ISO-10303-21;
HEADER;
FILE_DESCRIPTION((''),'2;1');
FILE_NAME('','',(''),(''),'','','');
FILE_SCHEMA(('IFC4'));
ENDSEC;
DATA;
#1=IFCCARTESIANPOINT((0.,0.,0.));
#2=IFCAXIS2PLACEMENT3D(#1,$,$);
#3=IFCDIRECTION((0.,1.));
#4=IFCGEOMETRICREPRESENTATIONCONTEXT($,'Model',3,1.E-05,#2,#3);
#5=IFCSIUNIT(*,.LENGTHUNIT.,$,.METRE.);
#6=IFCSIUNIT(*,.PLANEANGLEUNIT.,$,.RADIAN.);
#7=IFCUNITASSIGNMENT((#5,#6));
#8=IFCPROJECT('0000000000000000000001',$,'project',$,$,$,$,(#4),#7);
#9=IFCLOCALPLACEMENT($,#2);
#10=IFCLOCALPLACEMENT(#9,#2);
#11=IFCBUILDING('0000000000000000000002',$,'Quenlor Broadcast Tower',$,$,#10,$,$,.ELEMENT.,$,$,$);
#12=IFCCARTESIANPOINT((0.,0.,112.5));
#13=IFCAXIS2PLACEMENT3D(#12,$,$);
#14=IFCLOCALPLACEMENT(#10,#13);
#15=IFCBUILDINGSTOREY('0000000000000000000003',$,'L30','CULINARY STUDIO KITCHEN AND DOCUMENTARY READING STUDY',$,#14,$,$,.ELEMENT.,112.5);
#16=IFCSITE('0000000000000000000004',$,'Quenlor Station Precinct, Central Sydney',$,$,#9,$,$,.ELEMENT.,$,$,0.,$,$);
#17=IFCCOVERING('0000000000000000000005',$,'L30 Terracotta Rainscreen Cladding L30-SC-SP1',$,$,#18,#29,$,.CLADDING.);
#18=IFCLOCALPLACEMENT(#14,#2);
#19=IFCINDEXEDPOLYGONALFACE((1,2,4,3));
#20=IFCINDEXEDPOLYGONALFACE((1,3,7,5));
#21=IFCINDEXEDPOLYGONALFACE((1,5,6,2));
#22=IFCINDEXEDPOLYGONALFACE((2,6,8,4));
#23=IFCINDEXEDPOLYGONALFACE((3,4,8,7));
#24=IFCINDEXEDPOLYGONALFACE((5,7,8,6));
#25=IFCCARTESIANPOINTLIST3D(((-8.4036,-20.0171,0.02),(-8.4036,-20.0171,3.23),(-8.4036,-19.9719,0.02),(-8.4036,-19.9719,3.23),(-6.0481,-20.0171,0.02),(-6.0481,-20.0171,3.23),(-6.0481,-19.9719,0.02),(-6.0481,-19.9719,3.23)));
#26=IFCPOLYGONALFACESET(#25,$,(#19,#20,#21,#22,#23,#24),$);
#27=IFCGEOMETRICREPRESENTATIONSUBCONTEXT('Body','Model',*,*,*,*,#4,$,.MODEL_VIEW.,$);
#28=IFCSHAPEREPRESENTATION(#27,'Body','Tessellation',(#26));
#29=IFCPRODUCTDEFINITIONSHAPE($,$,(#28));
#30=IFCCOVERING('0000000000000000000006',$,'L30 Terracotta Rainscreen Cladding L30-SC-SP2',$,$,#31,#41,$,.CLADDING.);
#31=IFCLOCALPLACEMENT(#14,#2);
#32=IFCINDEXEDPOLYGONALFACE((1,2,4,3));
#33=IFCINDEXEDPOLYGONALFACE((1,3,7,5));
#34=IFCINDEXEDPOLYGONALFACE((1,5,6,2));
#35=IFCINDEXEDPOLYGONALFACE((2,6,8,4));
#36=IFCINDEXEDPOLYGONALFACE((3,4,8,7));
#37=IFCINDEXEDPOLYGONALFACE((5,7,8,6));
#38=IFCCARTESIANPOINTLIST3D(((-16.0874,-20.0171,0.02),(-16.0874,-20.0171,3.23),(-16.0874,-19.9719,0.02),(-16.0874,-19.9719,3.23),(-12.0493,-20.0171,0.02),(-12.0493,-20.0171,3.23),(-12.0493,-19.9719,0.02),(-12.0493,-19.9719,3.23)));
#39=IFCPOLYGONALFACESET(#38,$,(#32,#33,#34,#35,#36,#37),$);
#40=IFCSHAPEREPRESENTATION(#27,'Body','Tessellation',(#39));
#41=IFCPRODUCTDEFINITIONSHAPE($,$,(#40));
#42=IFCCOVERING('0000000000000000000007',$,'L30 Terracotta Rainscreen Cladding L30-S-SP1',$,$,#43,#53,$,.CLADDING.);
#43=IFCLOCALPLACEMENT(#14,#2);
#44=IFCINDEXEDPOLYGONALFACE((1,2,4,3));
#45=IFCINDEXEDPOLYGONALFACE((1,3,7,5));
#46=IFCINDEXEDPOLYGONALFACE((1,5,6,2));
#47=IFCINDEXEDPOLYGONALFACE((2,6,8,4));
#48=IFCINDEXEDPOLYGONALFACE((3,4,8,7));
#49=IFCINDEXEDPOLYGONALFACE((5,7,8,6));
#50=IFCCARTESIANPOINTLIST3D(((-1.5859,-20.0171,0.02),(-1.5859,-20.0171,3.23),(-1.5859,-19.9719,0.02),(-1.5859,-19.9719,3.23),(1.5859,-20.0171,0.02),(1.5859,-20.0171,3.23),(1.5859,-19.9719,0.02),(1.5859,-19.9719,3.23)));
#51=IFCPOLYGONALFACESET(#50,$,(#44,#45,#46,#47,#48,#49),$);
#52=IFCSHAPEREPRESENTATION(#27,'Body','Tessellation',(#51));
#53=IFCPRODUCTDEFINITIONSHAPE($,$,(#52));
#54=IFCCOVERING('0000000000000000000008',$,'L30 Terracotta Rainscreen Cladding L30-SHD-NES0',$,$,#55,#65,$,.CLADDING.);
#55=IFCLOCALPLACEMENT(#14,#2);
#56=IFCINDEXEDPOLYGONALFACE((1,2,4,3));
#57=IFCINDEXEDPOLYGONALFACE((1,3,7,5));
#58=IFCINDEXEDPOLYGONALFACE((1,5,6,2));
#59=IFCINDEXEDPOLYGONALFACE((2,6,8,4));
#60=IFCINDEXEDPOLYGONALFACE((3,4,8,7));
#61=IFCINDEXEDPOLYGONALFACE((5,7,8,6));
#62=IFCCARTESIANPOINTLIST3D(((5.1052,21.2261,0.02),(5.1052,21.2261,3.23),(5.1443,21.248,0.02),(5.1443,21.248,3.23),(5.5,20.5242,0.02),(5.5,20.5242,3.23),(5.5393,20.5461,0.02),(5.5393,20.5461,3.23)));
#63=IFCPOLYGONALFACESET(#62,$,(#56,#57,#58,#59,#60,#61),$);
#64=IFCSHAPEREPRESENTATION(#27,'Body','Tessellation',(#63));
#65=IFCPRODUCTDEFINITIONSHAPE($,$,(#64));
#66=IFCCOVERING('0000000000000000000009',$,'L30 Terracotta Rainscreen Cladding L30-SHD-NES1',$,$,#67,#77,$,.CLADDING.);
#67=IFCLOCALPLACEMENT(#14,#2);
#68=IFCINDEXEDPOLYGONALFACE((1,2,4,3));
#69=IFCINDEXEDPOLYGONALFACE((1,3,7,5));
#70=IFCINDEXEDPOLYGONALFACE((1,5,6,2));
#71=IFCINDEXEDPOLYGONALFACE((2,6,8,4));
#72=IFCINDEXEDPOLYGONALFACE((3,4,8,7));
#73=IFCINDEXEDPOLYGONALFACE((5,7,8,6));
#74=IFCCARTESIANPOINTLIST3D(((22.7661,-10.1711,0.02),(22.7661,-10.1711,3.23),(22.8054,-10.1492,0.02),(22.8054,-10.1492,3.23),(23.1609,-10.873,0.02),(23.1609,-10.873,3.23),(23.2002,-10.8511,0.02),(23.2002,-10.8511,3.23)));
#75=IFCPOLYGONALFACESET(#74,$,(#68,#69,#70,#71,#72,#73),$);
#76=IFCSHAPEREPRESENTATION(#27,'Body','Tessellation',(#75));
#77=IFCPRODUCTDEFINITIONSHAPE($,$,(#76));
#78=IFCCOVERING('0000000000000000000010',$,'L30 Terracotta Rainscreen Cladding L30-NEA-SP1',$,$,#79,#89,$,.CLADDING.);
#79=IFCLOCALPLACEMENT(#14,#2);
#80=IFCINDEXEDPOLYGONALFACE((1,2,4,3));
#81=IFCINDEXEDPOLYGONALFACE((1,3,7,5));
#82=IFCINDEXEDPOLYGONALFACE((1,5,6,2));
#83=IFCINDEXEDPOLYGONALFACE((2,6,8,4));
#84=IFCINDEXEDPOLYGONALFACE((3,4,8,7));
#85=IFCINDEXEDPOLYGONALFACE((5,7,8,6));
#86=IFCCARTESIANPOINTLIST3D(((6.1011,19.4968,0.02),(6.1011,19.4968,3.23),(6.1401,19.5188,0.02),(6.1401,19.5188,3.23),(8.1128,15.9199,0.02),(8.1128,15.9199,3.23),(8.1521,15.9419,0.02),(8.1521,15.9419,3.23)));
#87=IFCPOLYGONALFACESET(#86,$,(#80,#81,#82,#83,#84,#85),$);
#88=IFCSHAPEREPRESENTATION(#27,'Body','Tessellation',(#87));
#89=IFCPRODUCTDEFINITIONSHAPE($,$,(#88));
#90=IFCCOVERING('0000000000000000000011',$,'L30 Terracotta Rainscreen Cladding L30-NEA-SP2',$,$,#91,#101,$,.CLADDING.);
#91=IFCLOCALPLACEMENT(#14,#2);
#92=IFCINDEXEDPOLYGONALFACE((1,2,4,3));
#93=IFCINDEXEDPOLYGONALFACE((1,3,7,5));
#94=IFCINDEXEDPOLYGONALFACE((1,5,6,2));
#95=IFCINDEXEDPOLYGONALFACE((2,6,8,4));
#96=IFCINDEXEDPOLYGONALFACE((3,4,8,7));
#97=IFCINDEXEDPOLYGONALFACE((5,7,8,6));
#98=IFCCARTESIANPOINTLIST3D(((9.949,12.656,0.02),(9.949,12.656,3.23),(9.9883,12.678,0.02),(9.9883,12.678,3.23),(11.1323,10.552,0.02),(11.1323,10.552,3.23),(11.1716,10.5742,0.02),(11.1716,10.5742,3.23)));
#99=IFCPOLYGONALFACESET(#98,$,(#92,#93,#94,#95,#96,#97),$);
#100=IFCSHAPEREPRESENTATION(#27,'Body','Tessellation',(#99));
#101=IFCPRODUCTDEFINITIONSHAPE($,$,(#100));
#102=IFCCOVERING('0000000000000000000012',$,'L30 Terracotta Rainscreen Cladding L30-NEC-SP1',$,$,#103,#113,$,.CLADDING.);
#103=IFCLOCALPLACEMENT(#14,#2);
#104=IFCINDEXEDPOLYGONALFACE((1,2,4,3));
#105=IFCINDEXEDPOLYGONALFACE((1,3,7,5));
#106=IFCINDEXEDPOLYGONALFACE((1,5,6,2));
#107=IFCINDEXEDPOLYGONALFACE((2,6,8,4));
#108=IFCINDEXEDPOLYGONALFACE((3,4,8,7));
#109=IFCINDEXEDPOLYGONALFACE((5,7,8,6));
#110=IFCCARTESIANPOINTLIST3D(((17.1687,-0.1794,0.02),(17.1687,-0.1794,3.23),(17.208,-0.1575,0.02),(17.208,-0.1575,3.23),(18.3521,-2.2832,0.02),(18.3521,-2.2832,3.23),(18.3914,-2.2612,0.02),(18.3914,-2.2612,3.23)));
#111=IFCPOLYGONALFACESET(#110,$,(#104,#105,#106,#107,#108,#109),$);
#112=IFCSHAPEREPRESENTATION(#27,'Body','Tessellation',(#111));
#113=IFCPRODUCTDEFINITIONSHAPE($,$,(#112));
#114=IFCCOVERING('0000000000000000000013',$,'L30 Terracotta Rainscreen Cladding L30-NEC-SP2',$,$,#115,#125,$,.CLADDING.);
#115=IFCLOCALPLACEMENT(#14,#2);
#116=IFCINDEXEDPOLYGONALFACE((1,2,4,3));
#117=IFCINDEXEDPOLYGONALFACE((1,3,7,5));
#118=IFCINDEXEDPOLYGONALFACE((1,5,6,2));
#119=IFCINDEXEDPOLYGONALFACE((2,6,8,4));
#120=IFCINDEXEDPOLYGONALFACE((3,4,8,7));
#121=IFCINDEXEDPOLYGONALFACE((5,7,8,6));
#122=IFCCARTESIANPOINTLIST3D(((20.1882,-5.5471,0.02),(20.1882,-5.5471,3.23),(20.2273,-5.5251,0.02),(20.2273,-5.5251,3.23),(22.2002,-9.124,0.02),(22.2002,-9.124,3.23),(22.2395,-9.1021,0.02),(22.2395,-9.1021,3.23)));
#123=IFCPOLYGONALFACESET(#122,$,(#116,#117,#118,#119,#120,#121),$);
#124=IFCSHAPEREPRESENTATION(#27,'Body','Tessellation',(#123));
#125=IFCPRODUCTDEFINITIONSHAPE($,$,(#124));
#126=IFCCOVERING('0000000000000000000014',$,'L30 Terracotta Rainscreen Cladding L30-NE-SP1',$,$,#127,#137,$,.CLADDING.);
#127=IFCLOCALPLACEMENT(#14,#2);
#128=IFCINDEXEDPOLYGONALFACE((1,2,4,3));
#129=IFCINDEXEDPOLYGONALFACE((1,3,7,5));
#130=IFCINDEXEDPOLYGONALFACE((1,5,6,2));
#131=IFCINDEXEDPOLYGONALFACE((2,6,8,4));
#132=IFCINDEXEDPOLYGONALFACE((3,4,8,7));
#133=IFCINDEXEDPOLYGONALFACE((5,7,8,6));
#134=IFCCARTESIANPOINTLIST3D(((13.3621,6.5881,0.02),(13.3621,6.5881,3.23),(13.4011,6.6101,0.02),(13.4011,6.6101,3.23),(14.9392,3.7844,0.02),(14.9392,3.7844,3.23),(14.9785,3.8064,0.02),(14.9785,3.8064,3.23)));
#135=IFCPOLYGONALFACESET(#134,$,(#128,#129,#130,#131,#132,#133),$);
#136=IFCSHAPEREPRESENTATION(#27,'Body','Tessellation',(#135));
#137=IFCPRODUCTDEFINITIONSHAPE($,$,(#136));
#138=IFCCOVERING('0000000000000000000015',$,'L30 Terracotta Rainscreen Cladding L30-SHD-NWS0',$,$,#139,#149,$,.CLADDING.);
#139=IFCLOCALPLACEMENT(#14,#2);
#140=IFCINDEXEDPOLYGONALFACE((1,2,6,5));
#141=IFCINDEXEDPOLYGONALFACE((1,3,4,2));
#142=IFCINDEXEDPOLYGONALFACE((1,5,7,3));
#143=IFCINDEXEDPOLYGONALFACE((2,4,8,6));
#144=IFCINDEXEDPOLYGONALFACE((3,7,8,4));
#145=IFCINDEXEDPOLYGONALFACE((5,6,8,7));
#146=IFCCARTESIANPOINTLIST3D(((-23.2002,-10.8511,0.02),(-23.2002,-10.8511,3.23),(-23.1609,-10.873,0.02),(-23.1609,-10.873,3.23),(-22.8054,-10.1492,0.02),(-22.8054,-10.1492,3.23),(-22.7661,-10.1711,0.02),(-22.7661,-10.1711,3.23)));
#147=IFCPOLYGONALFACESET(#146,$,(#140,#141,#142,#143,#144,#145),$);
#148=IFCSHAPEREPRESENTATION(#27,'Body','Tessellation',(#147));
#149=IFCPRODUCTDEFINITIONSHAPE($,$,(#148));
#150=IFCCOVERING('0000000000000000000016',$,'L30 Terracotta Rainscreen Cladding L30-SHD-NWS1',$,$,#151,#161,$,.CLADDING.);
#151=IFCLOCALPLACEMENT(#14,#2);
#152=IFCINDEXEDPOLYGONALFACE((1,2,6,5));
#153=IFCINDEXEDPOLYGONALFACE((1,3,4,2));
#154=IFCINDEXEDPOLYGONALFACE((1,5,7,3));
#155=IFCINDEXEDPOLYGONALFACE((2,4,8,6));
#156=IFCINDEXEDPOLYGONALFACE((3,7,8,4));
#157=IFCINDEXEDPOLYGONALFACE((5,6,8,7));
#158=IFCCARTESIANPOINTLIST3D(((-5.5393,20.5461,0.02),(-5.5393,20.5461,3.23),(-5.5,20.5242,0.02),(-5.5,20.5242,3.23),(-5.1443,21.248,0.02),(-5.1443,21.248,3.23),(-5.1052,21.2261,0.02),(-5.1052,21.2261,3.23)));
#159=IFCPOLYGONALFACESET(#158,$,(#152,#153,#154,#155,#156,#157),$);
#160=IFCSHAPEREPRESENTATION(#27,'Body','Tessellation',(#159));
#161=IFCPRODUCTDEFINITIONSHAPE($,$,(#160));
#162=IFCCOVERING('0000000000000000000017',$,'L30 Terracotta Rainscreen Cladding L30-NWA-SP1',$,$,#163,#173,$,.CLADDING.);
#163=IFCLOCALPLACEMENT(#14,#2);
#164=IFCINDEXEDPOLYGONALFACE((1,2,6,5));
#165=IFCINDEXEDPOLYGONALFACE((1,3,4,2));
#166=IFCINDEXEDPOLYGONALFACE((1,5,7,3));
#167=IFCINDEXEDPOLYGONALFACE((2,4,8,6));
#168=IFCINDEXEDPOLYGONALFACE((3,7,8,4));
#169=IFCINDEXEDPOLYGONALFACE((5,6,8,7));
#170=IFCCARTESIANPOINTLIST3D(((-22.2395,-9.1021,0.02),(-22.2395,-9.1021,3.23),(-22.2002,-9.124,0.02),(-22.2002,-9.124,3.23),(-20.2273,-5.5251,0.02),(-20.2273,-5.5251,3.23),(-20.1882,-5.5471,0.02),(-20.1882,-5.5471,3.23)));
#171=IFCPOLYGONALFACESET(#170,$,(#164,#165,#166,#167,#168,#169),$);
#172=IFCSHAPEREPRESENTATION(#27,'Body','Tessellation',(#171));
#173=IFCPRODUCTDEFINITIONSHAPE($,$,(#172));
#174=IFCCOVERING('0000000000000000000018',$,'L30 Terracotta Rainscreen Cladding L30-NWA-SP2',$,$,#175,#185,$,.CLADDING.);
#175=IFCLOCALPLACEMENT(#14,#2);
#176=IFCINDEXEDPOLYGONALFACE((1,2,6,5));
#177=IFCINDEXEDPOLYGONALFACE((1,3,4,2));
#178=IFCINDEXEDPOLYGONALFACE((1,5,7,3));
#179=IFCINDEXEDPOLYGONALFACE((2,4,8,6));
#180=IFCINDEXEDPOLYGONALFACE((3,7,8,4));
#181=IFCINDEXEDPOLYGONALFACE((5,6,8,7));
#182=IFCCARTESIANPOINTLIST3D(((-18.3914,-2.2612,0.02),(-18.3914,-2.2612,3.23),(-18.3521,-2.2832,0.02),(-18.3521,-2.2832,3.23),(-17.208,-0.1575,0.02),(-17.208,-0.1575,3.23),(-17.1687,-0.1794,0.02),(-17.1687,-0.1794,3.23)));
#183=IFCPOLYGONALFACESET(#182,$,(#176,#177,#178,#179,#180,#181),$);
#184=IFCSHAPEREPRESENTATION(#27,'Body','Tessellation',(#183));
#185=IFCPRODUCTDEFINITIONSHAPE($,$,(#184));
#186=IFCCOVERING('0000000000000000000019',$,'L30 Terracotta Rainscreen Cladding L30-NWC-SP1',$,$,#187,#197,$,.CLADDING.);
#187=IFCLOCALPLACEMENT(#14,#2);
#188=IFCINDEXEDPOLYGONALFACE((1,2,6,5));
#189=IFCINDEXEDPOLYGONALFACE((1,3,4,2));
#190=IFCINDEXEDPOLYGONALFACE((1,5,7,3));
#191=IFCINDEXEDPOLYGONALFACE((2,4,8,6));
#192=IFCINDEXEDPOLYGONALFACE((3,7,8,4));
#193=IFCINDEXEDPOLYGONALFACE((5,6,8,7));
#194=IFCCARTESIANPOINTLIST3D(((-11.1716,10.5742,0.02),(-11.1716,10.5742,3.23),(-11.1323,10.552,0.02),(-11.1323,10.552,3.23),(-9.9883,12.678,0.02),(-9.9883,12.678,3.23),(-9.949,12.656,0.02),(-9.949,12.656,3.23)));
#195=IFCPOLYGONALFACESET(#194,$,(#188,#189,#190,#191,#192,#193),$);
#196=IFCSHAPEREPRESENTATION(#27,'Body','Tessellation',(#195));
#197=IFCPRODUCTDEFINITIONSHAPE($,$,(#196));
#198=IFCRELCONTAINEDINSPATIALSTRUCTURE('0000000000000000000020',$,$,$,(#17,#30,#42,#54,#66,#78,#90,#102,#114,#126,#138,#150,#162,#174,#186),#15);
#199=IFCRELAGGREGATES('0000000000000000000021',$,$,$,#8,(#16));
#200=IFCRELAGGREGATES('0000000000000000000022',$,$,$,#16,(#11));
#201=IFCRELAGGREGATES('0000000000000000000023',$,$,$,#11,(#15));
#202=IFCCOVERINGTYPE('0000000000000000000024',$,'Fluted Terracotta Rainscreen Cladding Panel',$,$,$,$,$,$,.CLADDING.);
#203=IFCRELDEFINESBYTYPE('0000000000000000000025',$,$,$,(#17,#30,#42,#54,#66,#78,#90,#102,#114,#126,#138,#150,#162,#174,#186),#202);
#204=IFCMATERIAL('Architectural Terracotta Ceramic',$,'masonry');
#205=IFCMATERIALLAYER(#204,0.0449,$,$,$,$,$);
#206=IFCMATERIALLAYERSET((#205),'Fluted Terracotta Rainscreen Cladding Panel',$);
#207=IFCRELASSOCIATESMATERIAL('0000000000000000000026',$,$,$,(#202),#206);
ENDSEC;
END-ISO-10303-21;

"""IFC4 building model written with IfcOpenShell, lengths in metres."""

from ifc_helpers import new_model, si_unit, direction, frame, origin, place, context, subcontext, project, spatial, polyline, outline, extrude, material, layer, layer_set, type_object, element, save


model = new_model("IFC4")

# Units and contexts
model_context = context("Model", 3, precision=1e-05, world=origin(), true_north=direction((0.0, 1.0)))
body_context = subcontext(model_context, "Body", "Model", "MODEL_VIEW")
ifc_project = project(units=[si_unit("LENGTHUNIT", "METRE"), si_unit("PLANEANGLEUNIT", "RADIAN")], contexts=[model_context])

# Site, building, storey
site_placement = place(None, origin())
site = spatial("IfcSite", under=ifc_project, at=site_placement, Name="Quenlor Station Precinct, Central Sydney", CompositionType="ELEMENT", RefElevation=0.0)
building_placement = place(site_placement, origin())
building = spatial("IfcBuilding", under=site, at=building_placement, Name="Quenlor Broadcast Tower", CompositionType="ELEMENT")
storey_placement = place(building_placement, frame((0.0, 0.0, 112.5)))
storey = spatial("IfcBuildingStorey", under=building, at=storey_placement, Name="L30", Description="CULINARY STUDIO KITCHEN AND DOCUMENTARY READING STUDY", CompositionType="ELEMENT", Elevation=112.5)

# Coverings
ifc_material = material(Name="Architectural Terracotta Ceramic", Category="masonry")
ifc_layer = layer(ifc_material, 0.0449)
ifc_layer_set = layer_set([ifc_layer], Name="Fluted Terracotta Rainscreen Cladding Panel")
covering_type = type_object("IfcCoveringType", Name="Fluted Terracotta Rainscreen Cladding Panel", PredefinedType="CLADDING", material=ifc_layer_set)
covering_1_placement = place(storey_placement, frame((0.0, 0.0, 0.02)))
element("IfcCovering", 1, at=covering_1_placement, inside=storey, type_object=covering_type, Name="L30 Terracotta Rainscreen Cladding L30-SC-SP1", PredefinedType="CLADDING", context=body_context, shape_type="SweptSolid", body=[
    extrude(outline(polyline([(-6.0481, -19.9719), (-8.4036, -19.9719), (-8.4036, -20.0171), (-6.0481, -20.0171), (-6.0481, -19.9719)])), origin(), (0.0, 0.0, 1.0), 3.21),
])
covering_2_placement = place(storey_placement, frame((0.0, 0.0, 0.02)))
element("IfcCovering", 2, at=covering_2_placement, inside=storey, type_object=covering_type, Name="L30 Terracotta Rainscreen Cladding L30-SC-SP2", PredefinedType="CLADDING", context=body_context, shape_type="SweptSolid", body=[
    extrude(outline(polyline([(-12.0493, -19.9719), (-16.0874, -19.9719), (-16.0874, -20.0171), (-12.0493, -20.0171), (-12.0493, -19.9719)])), origin(), (0.0, 0.0, 1.0), 3.21),
])
covering_3_placement = place(storey_placement, frame((0.0, 0.0, 0.02)))
element("IfcCovering", 3, at=covering_3_placement, inside=storey, type_object=covering_type, Name="L30 Terracotta Rainscreen Cladding L30-S-SP1", PredefinedType="CLADDING", context=body_context, shape_type="SweptSolid", body=[
    extrude(outline(polyline([(1.5859, -19.9719), (-1.5859, -19.9719), (-1.5859, -20.0171), (1.5859, -20.0171), (1.5859, -19.9719)])), origin(), (0.0, 0.0, 1.0), 3.21),
])
covering_4_placement = place(storey_placement, frame((0.0, 0.0, 0.02)))
element("IfcCovering", 4, at=covering_4_placement, inside=storey, type_object=covering_type, Name="L30 Terracotta Rainscreen Cladding L30-SHD-NES0", PredefinedType="CLADDING", context=body_context, shape_type="SweptSolid", body=[
    extrude(outline(polyline([(5.1052, 21.2261), (5.5, 20.5242), (5.5393, 20.5461), (5.1443, 21.248), (5.1052, 21.2261)])), origin(), (0.0, 0.0, 1.0), 3.21),
])
covering_5_placement = place(storey_placement, frame((0.0, 0.0, 0.02)))
element("IfcCovering", 5, at=covering_5_placement, inside=storey, type_object=covering_type, Name="L30 Terracotta Rainscreen Cladding L30-SHD-NES1", PredefinedType="CLADDING", context=body_context, shape_type="SweptSolid", body=[
    extrude(outline(polyline([(22.7661, -10.1711), (23.1609, -10.873), (23.2002, -10.8511), (22.8054, -10.1492), (22.7661, -10.1711)])), origin(), (0.0, 0.0, 1.0), 3.21),
])
covering_6_placement = place(storey_placement, frame((0.0, 0.0, 0.02)))
element("IfcCovering", 6, at=covering_6_placement, inside=storey, type_object=covering_type, Name="L30 Terracotta Rainscreen Cladding L30-NEA-SP1", PredefinedType="CLADDING", context=body_context, shape_type="SweptSolid", body=[
    extrude(outline(polyline([(6.1011, 19.4968), (8.1128, 15.9199), (8.1521, 15.9419), (6.1401, 19.5188), (6.1011, 19.4968)])), origin(), (0.0, 0.0, 1.0), 3.21),
])
covering_7_placement = place(storey_placement, frame((0.0, 0.0, 0.02)))
element("IfcCovering", 7, at=covering_7_placement, inside=storey, type_object=covering_type, Name="L30 Terracotta Rainscreen Cladding L30-NEA-SP2", PredefinedType="CLADDING", context=body_context, shape_type="SweptSolid", body=[
    extrude(outline(polyline([(9.949, 12.656), (11.1323, 10.552), (11.1716, 10.5742), (9.9883, 12.678), (9.949, 12.656)])), origin(), (0.0, 0.0, 1.0), 3.21),
])
covering_8_placement = place(storey_placement, frame((0.0, 0.0, 0.02)))
element("IfcCovering", 8, at=covering_8_placement, inside=storey, type_object=covering_type, Name="L30 Terracotta Rainscreen Cladding L30-NEC-SP1", PredefinedType="CLADDING", context=body_context, shape_type="SweptSolid", body=[
    extrude(outline(polyline([(17.1687, -0.1794), (18.3521, -2.2832), (18.3914, -2.2612), (17.208, -0.1575), (17.1687, -0.1794)])), origin(), (0.0, 0.0, 1.0), 3.21),
])
covering_9_placement = place(storey_placement, frame((0.0, 0.0, 0.02)))
element("IfcCovering", 9, at=covering_9_placement, inside=storey, type_object=covering_type, Name="L30 Terracotta Rainscreen Cladding L30-NEC-SP2", PredefinedType="CLADDING", context=body_context, shape_type="SweptSolid", body=[
    extrude(outline(polyline([(20.1882, -5.5471), (22.2002, -9.124), (22.2395, -9.1021), (20.2273, -5.5251), (20.1882, -5.5471)])), origin(), (0.0, 0.0, 1.0), 3.21),
])
covering_10_placement = place(storey_placement, frame((0.0, 0.0, 0.02)))
element("IfcCovering", 10, at=covering_10_placement, inside=storey, type_object=covering_type, Name="L30 Terracotta Rainscreen Cladding L30-NE-SP1", PredefinedType="CLADDING", context=body_context, shape_type="SweptSolid", body=[
    extrude(outline(polyline([(13.3621, 6.5881), (14.9392, 3.7844), (14.9785, 3.8064), (13.4011, 6.6101), (13.3621, 6.5881)])), origin(), (0.0, 0.0, 1.0), 3.21),
])
covering_11_placement = place(storey_placement, frame((0.0, 0.0, 0.02)))
element("IfcCovering", 11, at=covering_11_placement, inside=storey, type_object=covering_type, Name="L30 Terracotta Rainscreen Cladding L30-SHD-NWS0", PredefinedType="CLADDING", context=body_context, shape_type="SweptSolid", body=[
    extrude(outline(polyline([(-23.1609, -10.873), (-22.7661, -10.1711), (-22.8054, -10.1492), (-23.2002, -10.8511), (-23.1609, -10.873)])), origin(), (0.0, 0.0, 1.0), 3.21),
])
covering_12_placement = place(storey_placement, frame((0.0, 0.0, 0.02)))
element("IfcCovering", 12, at=covering_12_placement, inside=storey, type_object=covering_type, Name="L30 Terracotta Rainscreen Cladding L30-SHD-NWS1", PredefinedType="CLADDING", context=body_context, shape_type="SweptSolid", body=[
    extrude(outline(polyline([(-5.5, 20.5242), (-5.1052, 21.2261), (-5.1443, 21.248), (-5.5393, 20.5461), (-5.5, 20.5242)])), origin(), (0.0, 0.0, 1.0), 3.21),
])
covering_13_placement = place(storey_placement, frame((0.0, 0.0, 0.02)))
element("IfcCovering", 13, at=covering_13_placement, inside=storey, type_object=covering_type, Name="L30 Terracotta Rainscreen Cladding L30-NWA-SP1", PredefinedType="CLADDING", context=body_context, shape_type="SweptSolid", body=[
    extrude(outline(polyline([(-22.2002, -9.124), (-20.1882, -5.5471), (-20.2273, -5.5251), (-22.2395, -9.1021), (-22.2002, -9.124)])), origin(), (0.0, 0.0, 1.0), 3.21),
])
covering_14_placement = place(storey_placement, frame((0.0, 0.0, 0.02)))
element("IfcCovering", 14, at=covering_14_placement, inside=storey, type_object=covering_type, Name="L30 Terracotta Rainscreen Cladding L30-NWA-SP2", PredefinedType="CLADDING", context=body_context, shape_type="SweptSolid", body=[
    extrude(outline(polyline([(-18.3521, -2.2832), (-17.1687, -0.1794), (-17.208, -0.1575), (-18.3914, -2.2612), (-18.3521, -2.2832)])), origin(), (0.0, 0.0, 1.0), 3.21),
])
covering_15_placement = place(storey_placement, frame((0.0, 0.0, 0.02)))
element("IfcCovering", 15, at=covering_15_placement, inside=storey, type_object=covering_type, Name="L30 Terracotta Rainscreen Cladding L30-NWC-SP1", PredefinedType="CLADDING", context=body_context, shape_type="SweptSolid", body=[
    extrude(outline(polyline([(-11.1323, 10.552), (-9.949, 12.656), (-9.9883, 12.678), (-11.1716, 10.5742), (-11.1323, 10.552)])), origin(), (0.0, 0.0, 1.0), 3.21),
])

save(model, "model.ifc")
